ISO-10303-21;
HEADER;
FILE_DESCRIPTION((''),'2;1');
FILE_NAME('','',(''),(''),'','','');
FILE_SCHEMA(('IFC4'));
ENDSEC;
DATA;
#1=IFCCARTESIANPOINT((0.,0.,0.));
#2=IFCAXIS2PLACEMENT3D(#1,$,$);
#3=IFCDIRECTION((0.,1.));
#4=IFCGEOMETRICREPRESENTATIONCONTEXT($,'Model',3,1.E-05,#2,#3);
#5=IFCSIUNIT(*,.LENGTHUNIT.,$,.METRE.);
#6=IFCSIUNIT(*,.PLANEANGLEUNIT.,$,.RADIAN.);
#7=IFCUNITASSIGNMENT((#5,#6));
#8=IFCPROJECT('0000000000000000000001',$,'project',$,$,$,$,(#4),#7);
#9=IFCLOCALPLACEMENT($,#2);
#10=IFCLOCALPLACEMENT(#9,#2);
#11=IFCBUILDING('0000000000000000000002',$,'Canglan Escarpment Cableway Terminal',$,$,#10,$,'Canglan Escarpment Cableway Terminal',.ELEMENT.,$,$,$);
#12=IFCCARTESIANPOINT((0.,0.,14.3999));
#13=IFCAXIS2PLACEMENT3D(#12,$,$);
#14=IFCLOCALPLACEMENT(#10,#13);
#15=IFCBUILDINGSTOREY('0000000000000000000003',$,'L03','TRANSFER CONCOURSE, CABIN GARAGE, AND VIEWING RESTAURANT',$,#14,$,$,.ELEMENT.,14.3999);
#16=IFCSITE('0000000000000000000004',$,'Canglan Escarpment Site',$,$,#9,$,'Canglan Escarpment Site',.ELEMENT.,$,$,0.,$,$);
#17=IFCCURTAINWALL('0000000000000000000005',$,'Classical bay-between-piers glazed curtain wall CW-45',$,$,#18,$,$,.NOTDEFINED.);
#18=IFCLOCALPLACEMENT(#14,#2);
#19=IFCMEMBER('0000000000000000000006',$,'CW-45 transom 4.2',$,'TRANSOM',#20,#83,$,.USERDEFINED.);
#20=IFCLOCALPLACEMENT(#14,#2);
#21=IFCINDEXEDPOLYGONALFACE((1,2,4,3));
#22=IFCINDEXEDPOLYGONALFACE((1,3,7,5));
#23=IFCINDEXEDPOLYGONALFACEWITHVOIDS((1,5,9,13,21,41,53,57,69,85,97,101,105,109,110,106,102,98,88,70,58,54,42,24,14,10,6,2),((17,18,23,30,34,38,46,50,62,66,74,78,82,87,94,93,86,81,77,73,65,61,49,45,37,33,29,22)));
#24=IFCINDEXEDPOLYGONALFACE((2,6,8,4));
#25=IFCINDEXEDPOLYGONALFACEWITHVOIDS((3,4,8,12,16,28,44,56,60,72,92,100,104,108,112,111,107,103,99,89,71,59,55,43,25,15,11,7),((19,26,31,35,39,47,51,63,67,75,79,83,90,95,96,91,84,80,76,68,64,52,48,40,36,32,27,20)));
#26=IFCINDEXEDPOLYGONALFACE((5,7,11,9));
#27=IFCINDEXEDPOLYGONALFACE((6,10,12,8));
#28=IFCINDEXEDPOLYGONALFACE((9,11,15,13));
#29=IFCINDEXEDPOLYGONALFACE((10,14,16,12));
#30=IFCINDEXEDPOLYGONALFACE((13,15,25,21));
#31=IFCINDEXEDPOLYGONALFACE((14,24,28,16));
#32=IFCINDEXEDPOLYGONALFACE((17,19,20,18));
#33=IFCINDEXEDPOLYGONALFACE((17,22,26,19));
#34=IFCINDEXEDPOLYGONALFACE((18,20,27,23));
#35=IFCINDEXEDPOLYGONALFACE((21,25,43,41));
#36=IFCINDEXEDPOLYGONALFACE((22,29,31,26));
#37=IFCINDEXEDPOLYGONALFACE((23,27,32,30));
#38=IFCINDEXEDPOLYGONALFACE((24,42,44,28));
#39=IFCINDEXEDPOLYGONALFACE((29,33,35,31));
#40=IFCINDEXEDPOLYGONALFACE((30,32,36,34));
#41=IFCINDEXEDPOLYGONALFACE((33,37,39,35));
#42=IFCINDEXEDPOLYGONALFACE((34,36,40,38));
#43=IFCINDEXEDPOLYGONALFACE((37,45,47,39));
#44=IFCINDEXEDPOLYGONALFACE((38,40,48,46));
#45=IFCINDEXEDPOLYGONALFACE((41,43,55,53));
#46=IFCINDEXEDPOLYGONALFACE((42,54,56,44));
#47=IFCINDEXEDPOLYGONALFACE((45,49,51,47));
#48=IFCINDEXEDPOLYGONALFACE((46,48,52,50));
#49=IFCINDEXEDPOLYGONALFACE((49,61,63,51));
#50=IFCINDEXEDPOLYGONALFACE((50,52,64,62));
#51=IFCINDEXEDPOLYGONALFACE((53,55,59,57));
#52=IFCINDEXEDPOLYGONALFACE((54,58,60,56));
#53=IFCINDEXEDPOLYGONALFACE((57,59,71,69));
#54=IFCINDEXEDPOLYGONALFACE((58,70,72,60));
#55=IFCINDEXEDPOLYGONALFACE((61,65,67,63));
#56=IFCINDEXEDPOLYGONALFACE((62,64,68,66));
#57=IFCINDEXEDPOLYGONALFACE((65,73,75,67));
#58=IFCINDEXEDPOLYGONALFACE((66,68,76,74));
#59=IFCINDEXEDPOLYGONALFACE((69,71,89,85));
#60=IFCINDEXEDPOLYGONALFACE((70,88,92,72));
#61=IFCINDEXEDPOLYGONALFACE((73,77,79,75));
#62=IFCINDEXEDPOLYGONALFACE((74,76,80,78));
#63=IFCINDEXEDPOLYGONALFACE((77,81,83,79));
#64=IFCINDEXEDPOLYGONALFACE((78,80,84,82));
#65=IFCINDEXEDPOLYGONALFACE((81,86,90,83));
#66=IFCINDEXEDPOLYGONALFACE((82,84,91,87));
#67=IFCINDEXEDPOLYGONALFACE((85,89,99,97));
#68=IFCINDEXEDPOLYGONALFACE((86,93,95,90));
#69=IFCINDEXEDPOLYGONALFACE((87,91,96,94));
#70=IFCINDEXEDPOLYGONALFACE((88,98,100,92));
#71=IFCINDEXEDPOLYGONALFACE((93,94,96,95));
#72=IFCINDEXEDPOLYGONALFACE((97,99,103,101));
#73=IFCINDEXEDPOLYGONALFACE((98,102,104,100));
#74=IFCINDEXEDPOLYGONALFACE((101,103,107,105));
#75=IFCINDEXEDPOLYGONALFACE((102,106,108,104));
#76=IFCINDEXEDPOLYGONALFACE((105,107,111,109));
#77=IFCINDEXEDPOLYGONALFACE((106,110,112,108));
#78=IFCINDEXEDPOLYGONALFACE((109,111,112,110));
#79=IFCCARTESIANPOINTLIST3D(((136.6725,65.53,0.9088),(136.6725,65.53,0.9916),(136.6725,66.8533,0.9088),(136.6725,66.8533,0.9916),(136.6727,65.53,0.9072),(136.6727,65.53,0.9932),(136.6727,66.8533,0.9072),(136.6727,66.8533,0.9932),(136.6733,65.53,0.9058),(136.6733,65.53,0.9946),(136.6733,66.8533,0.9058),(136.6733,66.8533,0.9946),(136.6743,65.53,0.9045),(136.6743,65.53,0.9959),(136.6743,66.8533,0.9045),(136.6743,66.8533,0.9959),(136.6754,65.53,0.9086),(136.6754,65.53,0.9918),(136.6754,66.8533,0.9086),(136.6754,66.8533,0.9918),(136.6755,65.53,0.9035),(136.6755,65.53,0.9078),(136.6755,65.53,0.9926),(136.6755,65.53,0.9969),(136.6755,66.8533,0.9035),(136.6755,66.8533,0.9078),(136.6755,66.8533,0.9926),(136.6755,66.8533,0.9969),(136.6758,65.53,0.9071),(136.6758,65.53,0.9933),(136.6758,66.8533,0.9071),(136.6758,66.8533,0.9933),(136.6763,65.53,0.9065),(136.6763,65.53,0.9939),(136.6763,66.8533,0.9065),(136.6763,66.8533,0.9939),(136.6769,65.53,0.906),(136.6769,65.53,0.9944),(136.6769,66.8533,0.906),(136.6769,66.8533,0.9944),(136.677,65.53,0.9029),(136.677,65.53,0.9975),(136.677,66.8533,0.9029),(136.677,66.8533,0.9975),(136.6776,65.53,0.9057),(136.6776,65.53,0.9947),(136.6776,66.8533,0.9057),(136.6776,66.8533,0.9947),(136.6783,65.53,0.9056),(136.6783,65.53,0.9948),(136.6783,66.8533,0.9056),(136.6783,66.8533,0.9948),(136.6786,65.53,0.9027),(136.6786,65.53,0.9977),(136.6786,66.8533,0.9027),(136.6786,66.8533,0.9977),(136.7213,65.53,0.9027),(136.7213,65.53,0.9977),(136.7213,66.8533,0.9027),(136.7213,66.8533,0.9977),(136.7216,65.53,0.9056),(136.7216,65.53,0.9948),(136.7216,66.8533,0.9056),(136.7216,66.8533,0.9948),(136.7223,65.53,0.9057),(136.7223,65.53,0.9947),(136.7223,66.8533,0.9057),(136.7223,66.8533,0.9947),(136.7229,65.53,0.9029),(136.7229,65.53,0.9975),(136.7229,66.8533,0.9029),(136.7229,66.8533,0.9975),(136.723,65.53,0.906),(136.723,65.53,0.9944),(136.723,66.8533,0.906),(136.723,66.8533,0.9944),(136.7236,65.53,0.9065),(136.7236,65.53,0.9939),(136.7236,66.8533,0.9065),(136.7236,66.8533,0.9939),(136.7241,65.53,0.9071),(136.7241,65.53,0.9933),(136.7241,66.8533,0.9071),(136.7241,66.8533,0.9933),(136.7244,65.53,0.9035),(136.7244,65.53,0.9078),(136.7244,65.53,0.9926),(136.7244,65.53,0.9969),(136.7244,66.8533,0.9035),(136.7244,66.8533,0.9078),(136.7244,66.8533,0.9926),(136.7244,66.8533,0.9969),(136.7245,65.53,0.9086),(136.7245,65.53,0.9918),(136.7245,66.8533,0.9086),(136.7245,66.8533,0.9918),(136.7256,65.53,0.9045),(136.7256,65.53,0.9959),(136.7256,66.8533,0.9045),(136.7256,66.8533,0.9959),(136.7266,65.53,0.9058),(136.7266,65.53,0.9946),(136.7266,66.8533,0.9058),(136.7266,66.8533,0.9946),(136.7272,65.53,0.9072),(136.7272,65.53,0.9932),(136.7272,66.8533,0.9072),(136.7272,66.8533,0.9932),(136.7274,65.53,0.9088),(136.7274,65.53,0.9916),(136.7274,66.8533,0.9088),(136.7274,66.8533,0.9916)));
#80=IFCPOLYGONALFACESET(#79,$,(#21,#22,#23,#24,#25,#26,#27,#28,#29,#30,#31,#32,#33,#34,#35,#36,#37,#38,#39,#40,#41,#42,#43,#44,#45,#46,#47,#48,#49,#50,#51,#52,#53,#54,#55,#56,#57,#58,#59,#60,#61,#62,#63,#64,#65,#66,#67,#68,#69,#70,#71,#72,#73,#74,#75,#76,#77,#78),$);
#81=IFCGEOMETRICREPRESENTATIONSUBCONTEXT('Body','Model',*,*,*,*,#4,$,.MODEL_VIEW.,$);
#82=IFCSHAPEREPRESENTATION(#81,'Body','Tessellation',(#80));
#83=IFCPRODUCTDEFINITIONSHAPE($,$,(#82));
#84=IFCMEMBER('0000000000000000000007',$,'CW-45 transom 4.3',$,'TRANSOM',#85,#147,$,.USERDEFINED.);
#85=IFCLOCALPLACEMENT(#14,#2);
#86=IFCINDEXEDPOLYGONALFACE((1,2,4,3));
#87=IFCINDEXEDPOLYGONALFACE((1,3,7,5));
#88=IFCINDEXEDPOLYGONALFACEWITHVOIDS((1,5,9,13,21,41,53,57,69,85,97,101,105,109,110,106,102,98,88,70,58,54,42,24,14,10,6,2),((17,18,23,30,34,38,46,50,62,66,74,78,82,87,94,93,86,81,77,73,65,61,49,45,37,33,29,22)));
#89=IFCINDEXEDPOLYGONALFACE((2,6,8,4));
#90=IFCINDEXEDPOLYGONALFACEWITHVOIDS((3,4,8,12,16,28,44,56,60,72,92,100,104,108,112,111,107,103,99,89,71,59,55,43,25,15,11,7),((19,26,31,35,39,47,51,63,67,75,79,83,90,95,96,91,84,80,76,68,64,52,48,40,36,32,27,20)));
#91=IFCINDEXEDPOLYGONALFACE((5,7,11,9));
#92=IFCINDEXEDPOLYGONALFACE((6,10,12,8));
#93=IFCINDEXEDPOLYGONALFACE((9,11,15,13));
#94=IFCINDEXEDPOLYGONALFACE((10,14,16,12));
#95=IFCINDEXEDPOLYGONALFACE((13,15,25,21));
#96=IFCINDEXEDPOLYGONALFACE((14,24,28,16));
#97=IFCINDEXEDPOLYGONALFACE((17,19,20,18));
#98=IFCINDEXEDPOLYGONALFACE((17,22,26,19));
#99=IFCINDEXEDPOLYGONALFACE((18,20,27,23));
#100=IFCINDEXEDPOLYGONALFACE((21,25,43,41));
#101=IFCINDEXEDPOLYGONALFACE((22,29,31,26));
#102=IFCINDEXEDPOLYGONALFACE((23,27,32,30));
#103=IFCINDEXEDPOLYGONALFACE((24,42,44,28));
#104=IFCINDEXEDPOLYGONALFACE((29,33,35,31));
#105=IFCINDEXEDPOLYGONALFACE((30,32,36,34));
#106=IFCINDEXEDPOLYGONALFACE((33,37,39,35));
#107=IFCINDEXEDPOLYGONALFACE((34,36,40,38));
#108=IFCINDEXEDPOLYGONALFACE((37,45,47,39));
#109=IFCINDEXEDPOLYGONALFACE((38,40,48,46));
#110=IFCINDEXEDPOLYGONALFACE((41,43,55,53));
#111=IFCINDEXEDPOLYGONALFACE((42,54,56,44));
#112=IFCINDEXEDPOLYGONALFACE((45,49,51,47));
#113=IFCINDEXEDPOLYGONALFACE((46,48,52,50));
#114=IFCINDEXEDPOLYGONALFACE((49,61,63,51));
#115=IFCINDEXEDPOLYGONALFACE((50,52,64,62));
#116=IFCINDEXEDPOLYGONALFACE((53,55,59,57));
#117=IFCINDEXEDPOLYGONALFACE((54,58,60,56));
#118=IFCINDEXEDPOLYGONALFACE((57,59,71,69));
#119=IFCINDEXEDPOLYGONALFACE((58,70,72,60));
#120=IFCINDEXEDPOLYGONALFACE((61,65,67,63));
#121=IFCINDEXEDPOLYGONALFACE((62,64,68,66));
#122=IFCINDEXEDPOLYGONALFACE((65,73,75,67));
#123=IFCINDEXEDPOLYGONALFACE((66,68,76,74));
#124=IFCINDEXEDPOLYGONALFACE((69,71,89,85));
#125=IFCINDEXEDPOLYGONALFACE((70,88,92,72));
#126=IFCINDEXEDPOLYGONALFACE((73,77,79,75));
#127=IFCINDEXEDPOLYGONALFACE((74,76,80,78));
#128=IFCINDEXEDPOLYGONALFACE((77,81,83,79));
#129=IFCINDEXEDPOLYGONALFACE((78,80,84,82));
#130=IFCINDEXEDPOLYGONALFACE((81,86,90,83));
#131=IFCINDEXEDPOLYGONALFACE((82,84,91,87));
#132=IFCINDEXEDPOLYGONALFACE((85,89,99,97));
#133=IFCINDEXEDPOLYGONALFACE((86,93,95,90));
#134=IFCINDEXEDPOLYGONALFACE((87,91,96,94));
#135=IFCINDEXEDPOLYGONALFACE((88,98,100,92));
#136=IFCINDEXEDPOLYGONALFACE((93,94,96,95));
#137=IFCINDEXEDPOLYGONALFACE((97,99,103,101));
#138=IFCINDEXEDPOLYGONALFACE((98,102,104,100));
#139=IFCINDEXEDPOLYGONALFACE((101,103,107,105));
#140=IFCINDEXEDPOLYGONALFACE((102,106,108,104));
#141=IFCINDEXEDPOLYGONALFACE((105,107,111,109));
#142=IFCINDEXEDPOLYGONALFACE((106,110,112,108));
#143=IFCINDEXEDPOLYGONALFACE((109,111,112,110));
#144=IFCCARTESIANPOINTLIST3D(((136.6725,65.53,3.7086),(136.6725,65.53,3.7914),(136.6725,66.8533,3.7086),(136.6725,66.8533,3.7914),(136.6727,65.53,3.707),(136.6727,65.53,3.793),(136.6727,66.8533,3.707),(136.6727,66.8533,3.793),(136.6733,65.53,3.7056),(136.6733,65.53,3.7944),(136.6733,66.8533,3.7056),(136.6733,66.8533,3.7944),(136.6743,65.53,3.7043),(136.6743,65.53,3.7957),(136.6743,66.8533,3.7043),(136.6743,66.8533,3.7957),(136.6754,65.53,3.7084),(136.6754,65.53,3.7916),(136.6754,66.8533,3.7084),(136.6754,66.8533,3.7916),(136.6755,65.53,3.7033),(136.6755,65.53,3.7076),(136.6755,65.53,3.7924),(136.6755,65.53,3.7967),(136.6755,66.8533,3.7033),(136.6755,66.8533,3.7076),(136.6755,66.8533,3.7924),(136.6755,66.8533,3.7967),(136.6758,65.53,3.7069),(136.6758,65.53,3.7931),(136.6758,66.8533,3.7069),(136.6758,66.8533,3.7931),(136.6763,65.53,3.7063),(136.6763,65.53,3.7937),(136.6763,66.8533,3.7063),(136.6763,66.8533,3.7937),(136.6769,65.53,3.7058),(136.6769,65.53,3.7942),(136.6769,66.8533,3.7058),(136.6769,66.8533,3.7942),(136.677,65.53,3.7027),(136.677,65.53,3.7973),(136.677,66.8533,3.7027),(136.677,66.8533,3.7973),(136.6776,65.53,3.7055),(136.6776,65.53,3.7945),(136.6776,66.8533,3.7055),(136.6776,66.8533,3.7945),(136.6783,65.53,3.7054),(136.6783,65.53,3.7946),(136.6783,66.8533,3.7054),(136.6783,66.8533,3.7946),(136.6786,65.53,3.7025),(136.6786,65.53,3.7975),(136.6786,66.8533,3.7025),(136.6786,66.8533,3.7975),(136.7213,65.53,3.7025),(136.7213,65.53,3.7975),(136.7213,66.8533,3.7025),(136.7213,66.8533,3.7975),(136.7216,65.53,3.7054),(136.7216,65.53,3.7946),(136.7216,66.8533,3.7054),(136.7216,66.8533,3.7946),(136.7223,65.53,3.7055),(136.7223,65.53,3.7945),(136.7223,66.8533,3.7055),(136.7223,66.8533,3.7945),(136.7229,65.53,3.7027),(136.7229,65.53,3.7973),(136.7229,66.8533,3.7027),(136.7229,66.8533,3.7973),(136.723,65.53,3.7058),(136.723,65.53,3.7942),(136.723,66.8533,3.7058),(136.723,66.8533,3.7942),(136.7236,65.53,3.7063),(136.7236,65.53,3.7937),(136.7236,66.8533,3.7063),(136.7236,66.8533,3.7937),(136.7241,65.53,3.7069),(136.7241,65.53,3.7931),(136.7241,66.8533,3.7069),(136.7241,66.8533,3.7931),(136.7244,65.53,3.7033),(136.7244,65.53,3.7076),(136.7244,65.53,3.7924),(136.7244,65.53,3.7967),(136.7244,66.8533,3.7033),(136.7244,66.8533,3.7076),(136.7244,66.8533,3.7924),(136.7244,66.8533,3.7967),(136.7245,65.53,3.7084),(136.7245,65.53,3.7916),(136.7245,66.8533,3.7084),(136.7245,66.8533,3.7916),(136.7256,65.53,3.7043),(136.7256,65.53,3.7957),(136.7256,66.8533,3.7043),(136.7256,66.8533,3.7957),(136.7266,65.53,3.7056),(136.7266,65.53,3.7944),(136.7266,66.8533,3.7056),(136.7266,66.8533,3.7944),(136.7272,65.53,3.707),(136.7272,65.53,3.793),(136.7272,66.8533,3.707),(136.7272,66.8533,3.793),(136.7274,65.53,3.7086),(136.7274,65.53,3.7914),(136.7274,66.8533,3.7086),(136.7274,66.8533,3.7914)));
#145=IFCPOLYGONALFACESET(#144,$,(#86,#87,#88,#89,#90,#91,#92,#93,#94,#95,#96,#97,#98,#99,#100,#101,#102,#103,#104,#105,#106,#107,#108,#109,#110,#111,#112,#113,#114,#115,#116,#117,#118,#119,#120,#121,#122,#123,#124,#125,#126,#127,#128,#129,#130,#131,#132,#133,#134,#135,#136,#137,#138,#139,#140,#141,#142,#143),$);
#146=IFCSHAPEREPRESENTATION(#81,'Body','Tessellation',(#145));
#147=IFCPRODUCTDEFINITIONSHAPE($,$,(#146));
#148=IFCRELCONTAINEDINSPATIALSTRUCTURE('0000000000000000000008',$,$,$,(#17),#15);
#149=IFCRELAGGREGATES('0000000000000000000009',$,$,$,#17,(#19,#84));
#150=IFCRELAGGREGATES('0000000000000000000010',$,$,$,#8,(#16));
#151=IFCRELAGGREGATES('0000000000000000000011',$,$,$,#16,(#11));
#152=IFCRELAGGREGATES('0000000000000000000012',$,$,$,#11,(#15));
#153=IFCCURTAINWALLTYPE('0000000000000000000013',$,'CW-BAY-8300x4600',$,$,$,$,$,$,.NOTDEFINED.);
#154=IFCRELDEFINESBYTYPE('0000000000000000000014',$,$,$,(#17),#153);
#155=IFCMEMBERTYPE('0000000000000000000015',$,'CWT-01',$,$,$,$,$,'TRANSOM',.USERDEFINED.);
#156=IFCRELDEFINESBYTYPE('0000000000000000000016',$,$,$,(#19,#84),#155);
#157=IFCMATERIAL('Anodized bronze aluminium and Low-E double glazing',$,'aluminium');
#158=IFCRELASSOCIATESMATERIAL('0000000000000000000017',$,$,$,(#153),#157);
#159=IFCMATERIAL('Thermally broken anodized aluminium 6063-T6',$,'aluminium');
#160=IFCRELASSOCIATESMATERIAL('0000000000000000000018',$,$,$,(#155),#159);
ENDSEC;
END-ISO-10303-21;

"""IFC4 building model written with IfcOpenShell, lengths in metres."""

from ifc_helpers import new_model, si_unit, direction, frame, origin, origin_2d, place, context, subcontext, project, spatial, hollow_rectangle, extrude, material, material_profile, profile_set, type_object, element, aggregate, save


model = new_model("IFC4")

# Units and contexts
model_context = context("Model", 3, precision=1e-05, world=origin(), true_north=direction((0.0, 1.0)))
body_context = subcontext(model_context, "Body", "Model", "MODEL_VIEW")
ifc_project = project(units=[si_unit("LENGTHUNIT", "METRE"), si_unit("PLANEANGLEUNIT", "RADIAN")], contexts=[model_context])

# Site, building, storey
site_placement = place(None, origin())
site = spatial("IfcSite", under=ifc_project, at=site_placement, Name="Canglan Escarpment Site", LongName="Canglan Escarpment Site", CompositionType="ELEMENT", RefElevation=0.0)
building_placement = place(site_placement, origin())
building = spatial("IfcBuilding", under=site, at=building_placement, Name="Canglan Escarpment Cableway Terminal", LongName="Canglan Escarpment Cableway Terminal", CompositionType="ELEMENT")
storey_placement = place(building_placement, frame((0.0, 0.0, 14.3999)))
storey = spatial("IfcBuildingStorey", under=building, at=storey_placement, Name="L03", Description="TRANSFER CONCOURSE, CABIN GARAGE, AND VIEWING RESTAURANT", CompositionType="ELEMENT", Elevation=14.3999)

# Curtain wall, members
ifc_material_1 = material(Name="Anodized bronze aluminium and Low-E double glazing", Category="aluminium")
curtain_wall_type = type_object("IfcCurtainWallType", Name="CW-BAY-8300x4600", PredefinedType="NOTDEFINED", material=ifc_material_1)
curtain_wall_placement = place(storey_placement, origin())
curtain_wall = element("IfcCurtainWall", 1, at=curtain_wall_placement, inside=storey, type_object=curtain_wall_type, Name="Classical bay-between-piers glazed curtain wall CW-45", PredefinedType="NOTDEFINED")
ifc_material_2 = material(Name="Thermally broken anodized aluminium 6063-T6", Category="aluminium")
ifc_material_profile_1 = material_profile(ifc_material_2, hollow_rectangle(XDim=0.0549, YDim=0.095, WallThickness=0.0029, InnerFilletRadius=0.0029, OuterFilletRadius=0.0061, at=origin_2d()), Name="ALU-TRAN 55x95x3")
ifc_profile_set_1 = profile_set([ifc_material_profile_1], Name="Thermally broken anodized aluminium 6063-T6")
member_type_1 = type_object("IfcMemberType", Name="CWT-01", ElementType="TRANSOM", PredefinedType="USERDEFINED", material=ifc_profile_set_1)
member_1_placement = place(storey_placement, frame((136.7, 65.53, 0.9502), z_axis=(0.0, 1.0, 0.0), x_axis=(-1.0, 0.0, 0.0)))
member_1 = element("IfcMember", 2, at=member_1_placement, type_object=member_type_1, Name="CW-45 transom 4.2", ObjectType="TRANSOM", PredefinedType="USERDEFINED", context=body_context, shape_type="SweptSolid", body=[
    extrude(hollow_rectangle(XDim=0.0549, YDim=0.095, WallThickness=0.0029, InnerFilletRadius=0.0029, OuterFilletRadius=0.0061, at=origin_2d()), origin(), (0.0, 0.0, 1.0), 1.3232),
])
member_2_placement = place(storey_placement, frame((136.7, 65.53, 3.75), z_axis=(0.0, 1.0, 0.0), x_axis=(-1.0, 0.0, 0.0)))
member_2 = element("IfcMember", 3, at=member_2_placement, type_object=member_type_1, Name="CW-45 transom 4.3", ObjectType="TRANSOM", PredefinedType="USERDEFINED", context=body_context, shape_type="SweptSolid", body=[
    extrude(hollow_rectangle(XDim=0.0549, YDim=0.095, WallThickness=0.0029, InnerFilletRadius=0.0029, OuterFilletRadius=0.0061, at=origin_2d()), origin(), (0.0, 0.0, 1.0), 1.3232),
])

aggregate(curtain_wall, [member_1, member_2])

save(model, "model.ifc")
